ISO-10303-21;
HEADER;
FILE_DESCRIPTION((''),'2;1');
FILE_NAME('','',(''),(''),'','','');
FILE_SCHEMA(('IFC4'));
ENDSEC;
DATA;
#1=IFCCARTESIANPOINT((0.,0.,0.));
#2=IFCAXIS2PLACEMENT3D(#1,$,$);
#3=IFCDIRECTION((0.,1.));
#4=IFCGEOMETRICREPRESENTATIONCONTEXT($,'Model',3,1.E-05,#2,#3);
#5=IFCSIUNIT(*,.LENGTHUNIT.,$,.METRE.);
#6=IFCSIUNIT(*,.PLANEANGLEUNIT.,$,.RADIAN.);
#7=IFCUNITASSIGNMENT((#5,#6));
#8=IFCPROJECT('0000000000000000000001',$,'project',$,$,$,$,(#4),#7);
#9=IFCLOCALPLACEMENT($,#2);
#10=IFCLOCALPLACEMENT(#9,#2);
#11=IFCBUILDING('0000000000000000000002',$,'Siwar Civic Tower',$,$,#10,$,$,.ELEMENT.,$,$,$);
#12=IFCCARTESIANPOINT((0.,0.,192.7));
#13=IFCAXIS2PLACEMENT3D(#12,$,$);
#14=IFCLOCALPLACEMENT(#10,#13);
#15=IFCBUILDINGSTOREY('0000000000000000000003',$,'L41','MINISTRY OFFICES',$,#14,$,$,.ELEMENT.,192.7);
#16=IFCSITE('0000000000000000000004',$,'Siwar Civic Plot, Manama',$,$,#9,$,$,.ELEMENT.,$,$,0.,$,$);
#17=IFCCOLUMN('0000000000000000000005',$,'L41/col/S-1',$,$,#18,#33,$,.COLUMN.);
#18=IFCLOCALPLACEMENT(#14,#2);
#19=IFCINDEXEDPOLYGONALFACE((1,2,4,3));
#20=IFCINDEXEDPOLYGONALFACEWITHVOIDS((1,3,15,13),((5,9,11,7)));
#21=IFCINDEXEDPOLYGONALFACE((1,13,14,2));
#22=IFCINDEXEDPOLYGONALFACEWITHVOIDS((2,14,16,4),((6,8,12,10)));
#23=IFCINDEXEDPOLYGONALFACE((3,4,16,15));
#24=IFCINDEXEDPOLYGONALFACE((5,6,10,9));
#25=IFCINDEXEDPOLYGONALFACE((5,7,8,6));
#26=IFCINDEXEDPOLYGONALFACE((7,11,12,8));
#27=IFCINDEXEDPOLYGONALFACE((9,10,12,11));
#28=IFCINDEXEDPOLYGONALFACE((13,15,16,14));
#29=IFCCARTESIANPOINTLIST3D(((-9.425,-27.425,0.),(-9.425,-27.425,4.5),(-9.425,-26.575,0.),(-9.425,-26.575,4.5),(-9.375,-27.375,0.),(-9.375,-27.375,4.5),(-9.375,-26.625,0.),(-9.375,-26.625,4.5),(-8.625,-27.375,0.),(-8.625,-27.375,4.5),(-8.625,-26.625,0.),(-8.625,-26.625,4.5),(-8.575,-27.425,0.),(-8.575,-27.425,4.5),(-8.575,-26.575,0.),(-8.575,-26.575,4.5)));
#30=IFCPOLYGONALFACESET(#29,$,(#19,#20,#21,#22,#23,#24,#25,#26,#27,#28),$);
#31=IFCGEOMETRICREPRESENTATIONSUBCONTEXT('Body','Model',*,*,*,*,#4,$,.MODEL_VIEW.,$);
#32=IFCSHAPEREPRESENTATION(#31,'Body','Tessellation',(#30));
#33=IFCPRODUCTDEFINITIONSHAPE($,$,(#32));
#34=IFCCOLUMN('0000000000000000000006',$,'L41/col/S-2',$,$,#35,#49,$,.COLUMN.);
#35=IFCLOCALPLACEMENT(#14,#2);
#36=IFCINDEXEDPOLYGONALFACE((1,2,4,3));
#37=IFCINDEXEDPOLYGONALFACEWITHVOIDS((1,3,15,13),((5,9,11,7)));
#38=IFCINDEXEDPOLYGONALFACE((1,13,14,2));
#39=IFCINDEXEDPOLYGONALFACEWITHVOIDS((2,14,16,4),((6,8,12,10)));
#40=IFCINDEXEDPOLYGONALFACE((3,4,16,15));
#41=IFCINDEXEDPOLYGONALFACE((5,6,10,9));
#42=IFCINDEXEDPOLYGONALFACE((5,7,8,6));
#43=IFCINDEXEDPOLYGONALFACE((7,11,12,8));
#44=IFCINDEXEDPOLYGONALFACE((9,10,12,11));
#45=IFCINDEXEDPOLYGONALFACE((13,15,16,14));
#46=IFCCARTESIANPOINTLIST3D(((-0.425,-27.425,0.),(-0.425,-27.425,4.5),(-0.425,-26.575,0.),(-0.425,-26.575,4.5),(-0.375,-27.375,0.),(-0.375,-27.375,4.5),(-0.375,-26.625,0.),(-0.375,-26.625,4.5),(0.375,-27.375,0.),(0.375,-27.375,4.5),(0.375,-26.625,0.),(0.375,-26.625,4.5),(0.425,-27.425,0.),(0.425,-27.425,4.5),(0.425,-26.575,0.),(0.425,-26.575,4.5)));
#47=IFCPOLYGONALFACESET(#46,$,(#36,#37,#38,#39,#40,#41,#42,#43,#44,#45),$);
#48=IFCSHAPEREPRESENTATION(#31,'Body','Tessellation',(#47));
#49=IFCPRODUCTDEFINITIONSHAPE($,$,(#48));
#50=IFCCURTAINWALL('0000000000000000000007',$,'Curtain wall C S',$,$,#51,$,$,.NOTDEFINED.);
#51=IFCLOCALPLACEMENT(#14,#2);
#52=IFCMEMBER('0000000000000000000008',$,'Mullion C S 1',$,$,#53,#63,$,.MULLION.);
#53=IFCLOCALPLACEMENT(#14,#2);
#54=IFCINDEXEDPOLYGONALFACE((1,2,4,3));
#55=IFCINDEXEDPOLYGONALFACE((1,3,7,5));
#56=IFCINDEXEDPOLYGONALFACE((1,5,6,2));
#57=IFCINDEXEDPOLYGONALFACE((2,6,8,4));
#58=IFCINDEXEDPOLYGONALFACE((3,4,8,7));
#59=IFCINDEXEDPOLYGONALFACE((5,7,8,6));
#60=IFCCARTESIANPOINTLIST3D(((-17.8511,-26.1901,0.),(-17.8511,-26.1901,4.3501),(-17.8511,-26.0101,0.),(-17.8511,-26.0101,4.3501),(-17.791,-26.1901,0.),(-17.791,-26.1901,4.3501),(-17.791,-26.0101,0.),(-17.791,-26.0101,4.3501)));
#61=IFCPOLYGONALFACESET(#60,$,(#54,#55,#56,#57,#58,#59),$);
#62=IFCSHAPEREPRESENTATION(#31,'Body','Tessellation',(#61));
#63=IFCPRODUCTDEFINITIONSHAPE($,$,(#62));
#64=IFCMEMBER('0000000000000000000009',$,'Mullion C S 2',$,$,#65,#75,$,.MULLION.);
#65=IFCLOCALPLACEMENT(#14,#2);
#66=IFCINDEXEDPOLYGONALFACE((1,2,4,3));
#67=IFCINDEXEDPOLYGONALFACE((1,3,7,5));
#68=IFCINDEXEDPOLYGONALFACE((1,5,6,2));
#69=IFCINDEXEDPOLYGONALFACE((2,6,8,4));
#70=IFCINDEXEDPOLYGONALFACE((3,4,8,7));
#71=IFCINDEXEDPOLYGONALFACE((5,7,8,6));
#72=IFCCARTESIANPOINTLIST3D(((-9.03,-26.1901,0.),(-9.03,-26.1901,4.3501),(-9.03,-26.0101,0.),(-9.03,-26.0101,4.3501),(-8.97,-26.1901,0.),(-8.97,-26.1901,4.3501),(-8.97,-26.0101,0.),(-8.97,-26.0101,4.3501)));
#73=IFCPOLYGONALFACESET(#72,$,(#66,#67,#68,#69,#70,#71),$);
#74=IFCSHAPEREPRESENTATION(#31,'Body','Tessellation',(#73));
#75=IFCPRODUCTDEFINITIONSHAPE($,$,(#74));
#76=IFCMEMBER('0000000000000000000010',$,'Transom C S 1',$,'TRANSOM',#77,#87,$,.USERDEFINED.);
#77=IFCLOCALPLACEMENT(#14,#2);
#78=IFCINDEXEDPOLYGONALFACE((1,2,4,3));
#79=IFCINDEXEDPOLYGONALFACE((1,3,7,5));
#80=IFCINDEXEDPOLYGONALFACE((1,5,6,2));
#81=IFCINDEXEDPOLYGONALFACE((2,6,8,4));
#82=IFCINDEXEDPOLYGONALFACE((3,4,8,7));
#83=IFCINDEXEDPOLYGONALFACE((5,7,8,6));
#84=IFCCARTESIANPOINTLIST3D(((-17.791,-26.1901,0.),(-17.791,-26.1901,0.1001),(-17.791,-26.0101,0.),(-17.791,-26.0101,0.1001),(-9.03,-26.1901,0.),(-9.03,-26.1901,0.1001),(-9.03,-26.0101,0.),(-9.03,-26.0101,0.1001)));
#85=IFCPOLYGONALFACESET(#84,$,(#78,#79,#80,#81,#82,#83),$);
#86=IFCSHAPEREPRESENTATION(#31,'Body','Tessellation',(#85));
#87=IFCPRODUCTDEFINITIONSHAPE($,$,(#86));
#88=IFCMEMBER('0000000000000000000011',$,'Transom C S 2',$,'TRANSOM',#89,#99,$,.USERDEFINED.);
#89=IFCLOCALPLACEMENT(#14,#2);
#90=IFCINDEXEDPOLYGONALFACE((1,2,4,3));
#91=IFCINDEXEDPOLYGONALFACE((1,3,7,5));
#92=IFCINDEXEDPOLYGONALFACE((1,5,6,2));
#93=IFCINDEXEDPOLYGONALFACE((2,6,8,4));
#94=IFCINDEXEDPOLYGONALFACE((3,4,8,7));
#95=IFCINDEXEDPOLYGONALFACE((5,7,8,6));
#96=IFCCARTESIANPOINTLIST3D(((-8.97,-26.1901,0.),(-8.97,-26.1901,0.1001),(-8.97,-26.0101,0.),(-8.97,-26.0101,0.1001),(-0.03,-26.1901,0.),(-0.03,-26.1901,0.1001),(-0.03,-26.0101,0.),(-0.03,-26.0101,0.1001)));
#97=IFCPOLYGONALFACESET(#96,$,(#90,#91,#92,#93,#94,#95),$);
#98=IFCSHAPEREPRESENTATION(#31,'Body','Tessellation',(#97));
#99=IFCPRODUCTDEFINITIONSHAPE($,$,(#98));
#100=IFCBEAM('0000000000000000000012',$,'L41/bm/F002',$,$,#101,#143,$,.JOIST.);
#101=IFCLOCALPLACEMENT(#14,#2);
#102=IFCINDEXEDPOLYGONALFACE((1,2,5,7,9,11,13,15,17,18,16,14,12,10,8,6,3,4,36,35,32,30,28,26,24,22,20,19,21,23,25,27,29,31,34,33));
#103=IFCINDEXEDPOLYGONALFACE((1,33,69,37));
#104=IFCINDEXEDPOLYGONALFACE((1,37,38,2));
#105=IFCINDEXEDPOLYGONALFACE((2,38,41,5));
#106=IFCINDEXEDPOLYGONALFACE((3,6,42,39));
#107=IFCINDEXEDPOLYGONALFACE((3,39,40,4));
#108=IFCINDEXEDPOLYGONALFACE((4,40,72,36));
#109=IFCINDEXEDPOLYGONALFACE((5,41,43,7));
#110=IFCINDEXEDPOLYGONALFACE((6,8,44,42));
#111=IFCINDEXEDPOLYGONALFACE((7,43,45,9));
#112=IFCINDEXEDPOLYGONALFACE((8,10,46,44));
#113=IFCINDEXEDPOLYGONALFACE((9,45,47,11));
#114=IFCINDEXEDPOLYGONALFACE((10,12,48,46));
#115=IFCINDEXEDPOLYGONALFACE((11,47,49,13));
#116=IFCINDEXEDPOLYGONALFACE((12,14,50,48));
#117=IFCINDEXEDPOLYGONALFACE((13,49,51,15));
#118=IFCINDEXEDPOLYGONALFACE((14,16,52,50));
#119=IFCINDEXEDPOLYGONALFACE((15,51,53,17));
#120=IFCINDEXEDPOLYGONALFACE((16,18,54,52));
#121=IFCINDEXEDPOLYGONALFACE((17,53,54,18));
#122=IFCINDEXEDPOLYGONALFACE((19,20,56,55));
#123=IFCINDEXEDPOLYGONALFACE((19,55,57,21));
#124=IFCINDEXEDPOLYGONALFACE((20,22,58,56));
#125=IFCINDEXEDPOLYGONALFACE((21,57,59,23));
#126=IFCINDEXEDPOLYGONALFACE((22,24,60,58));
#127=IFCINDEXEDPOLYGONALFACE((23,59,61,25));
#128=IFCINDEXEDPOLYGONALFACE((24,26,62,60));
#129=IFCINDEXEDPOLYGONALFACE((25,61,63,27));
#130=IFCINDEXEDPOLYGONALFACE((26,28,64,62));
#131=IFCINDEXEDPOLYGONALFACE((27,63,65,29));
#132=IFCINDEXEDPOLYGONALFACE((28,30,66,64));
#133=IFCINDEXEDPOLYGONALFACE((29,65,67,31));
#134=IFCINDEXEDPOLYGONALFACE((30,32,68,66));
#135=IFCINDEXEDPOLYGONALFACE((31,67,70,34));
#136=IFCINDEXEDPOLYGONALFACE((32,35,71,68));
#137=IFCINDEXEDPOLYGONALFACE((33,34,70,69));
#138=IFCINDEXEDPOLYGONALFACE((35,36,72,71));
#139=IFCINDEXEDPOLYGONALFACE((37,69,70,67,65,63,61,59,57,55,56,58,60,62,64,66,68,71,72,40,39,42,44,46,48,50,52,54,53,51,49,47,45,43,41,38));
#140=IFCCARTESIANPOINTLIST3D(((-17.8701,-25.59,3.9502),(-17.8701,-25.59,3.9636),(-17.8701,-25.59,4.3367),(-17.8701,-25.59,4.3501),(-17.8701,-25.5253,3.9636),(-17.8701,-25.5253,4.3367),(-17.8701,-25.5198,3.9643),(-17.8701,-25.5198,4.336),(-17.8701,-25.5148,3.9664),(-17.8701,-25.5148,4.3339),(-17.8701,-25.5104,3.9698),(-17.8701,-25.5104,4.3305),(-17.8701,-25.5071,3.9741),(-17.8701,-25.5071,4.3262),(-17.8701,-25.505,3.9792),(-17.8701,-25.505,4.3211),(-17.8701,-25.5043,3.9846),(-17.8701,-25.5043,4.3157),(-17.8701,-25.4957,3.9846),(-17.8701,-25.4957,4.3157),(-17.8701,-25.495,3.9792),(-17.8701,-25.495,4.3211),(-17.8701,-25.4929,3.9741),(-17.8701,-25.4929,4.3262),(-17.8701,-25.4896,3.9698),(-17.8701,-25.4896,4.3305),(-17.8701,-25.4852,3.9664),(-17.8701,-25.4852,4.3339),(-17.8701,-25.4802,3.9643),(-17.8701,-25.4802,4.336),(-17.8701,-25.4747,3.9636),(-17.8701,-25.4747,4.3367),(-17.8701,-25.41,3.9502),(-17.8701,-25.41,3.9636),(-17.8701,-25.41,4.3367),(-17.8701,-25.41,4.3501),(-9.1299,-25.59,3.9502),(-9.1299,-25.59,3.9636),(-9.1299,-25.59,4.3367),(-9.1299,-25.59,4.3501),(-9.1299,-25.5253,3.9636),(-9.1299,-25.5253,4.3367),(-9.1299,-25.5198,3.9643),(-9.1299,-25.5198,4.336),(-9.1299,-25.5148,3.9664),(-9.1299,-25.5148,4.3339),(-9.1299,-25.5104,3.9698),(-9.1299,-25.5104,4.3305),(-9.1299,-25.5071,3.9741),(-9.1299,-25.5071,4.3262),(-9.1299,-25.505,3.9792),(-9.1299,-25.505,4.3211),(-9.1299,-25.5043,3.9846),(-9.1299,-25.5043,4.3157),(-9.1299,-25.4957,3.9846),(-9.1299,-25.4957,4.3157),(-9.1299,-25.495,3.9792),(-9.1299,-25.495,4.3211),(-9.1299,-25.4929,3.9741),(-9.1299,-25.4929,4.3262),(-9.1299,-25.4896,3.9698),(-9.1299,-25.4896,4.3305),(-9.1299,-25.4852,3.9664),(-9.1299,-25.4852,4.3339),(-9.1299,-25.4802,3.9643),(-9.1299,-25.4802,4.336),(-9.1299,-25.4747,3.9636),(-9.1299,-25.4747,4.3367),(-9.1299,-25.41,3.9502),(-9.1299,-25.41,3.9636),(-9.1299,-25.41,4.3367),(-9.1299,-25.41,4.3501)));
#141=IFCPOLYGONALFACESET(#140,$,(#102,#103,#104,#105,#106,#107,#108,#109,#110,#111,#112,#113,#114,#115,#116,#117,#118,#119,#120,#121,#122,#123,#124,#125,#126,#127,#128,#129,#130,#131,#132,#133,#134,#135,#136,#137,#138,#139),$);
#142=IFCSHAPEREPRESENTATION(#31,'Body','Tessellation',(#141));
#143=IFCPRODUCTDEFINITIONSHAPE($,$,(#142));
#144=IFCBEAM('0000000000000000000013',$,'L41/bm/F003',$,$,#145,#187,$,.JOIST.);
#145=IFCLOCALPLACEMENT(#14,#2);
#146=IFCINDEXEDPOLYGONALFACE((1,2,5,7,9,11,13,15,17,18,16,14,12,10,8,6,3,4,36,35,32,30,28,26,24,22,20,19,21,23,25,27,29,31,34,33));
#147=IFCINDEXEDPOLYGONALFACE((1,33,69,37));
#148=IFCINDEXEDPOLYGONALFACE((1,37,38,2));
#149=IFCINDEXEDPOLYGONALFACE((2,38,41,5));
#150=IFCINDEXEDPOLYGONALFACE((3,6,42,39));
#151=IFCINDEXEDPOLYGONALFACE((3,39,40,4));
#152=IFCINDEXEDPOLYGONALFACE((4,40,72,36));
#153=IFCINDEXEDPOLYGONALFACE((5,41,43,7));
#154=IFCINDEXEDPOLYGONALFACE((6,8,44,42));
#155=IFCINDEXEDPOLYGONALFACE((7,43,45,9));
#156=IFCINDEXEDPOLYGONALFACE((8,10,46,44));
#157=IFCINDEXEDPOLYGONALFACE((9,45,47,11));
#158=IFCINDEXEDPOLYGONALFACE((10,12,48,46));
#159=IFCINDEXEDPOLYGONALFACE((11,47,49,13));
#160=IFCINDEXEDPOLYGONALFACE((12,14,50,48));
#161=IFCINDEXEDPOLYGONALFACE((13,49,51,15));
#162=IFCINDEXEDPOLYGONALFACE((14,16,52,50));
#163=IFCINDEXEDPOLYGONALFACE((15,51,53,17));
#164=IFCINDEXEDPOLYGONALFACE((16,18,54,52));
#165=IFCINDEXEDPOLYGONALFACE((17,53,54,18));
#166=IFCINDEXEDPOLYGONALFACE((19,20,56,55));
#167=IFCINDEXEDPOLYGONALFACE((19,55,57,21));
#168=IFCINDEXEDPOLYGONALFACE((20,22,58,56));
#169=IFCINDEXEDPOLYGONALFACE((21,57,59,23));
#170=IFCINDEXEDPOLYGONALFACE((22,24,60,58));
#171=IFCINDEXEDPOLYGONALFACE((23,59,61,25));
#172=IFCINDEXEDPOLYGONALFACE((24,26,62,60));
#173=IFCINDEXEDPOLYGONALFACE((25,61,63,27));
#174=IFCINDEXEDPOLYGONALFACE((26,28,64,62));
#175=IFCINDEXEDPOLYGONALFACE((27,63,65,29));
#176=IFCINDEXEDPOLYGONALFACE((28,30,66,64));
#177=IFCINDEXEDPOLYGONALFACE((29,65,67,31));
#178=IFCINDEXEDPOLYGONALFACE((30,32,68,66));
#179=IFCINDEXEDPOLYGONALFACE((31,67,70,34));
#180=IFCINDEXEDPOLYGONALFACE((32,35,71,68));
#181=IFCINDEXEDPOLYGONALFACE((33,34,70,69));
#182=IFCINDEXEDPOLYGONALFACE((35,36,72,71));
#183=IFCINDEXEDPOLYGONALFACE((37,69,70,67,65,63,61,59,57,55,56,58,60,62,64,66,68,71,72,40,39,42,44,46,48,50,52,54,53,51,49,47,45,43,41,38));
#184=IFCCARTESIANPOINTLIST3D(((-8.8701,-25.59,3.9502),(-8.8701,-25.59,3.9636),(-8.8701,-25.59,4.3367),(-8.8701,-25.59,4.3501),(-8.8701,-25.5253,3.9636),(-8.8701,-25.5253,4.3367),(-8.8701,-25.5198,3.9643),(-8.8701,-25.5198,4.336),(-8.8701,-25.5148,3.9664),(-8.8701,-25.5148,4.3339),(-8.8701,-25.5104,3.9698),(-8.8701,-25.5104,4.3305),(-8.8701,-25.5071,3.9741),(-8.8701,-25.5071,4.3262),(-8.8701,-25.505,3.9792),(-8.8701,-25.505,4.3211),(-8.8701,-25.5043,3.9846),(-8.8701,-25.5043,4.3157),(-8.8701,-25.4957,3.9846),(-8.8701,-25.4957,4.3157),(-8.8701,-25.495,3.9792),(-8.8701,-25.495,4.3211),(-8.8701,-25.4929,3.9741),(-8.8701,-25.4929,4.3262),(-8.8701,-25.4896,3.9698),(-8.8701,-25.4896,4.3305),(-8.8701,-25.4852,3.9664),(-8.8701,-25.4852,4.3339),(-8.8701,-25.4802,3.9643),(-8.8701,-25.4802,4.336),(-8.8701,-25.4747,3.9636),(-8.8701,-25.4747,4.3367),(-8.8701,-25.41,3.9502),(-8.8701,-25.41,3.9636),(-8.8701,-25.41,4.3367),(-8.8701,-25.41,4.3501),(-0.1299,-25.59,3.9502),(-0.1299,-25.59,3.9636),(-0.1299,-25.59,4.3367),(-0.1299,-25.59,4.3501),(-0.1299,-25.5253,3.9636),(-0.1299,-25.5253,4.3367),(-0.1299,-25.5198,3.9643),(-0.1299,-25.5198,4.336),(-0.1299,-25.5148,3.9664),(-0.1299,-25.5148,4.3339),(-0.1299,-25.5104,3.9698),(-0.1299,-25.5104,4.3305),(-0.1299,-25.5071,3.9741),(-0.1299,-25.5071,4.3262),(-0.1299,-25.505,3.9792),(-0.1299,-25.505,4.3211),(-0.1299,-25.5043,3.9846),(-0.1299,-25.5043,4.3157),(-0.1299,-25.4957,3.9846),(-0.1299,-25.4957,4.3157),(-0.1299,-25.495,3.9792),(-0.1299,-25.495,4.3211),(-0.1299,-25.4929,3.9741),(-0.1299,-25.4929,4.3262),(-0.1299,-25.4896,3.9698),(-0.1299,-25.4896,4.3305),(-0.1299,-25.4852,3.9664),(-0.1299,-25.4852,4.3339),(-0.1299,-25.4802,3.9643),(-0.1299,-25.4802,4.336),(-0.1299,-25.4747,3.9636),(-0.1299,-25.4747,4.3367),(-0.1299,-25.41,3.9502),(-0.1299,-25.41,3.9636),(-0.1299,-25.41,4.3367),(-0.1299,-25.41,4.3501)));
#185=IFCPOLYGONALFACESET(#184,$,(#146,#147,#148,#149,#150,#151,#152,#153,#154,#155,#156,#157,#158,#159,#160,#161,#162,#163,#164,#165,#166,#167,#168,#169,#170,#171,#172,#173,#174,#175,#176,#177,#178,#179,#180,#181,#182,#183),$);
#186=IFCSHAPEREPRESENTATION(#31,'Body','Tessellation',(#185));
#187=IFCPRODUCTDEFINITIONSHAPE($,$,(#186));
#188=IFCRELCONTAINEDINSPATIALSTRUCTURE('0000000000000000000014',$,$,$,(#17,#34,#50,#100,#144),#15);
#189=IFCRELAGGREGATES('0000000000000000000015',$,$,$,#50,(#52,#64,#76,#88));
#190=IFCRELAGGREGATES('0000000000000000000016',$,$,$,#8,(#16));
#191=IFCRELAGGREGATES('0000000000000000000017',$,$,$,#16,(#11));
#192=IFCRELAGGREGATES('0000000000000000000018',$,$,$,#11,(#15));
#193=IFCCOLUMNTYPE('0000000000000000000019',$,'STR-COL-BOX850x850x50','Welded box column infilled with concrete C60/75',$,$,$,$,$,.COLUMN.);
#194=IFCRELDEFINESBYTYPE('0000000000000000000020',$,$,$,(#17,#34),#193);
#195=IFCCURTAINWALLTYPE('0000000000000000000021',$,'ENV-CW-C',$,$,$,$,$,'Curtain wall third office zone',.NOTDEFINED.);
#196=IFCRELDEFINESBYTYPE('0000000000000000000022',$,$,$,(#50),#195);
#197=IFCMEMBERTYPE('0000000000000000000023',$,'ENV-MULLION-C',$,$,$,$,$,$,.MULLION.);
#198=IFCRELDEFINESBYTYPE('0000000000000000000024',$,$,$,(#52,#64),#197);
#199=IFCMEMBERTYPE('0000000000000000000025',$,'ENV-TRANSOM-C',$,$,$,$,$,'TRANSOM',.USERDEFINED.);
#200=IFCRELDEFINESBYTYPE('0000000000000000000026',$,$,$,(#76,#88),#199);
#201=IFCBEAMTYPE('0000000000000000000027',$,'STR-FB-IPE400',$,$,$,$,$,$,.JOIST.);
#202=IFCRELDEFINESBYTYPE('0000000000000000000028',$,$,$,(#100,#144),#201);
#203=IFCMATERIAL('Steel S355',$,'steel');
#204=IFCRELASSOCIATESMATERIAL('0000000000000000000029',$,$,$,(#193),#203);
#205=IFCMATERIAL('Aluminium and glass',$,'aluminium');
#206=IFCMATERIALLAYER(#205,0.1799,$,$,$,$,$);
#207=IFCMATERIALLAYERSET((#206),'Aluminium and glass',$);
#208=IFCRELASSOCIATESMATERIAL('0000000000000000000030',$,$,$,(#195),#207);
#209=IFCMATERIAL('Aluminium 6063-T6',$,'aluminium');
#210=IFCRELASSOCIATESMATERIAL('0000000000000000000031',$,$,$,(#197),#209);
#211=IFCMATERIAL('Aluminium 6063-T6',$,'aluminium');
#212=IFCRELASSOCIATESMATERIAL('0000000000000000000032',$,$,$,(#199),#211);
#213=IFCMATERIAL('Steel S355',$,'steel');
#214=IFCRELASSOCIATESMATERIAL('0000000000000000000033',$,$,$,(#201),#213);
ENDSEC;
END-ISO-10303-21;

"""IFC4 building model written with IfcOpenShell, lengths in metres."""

from ifc_helpers import new_model, si_unit, direction, frame, origin, origin_2d, place, context, subcontext, project, spatial, rectangle, hollow_rectangle, i_section, extrude, material, layer, layer_set, material_profile, profile_set, type_object, element, aggregate, save


model = new_model("IFC4")

# Units and contexts
model_context = context("Model", 3, precision=1e-05, world=origin(), true_north=direction((0.0, 1.0)))
body_context = subcontext(model_context, "Body", "Model", "MODEL_VIEW")
ifc_project = project(units=[si_unit("LENGTHUNIT", "METRE"), si_unit("PLANEANGLEUNIT", "RADIAN")], contexts=[model_context])

# Site, building, storey
site_placement = place(None, origin())
site = spatial("IfcSite", under=ifc_project, at=site_placement, Name="Siwar Civic Plot, Manama", CompositionType="ELEMENT", RefElevation=0.0)
building_placement = place(site_placement, origin())
building = spatial("IfcBuilding", under=site, at=building_placement, Name="Siwar Civic Tower", CompositionType="ELEMENT")
storey_placement = place(building_placement, frame((0.0, 0.0, 192.7)))
storey = spatial("IfcBuildingStorey", under=building, at=storey_placement, Name="L41", Description="MINISTRY OFFICES", CompositionType="ELEMENT", Elevation=192.7)

# Columns
ifc_material_1 = material(Name="Steel S355", Category="steel")
ifc_material_profile_1 = material_profile(ifc_material_1, hollow_rectangle(XDim=0.8501, YDim=0.8501, WallThickness=0.05, at=origin_2d()), Name="BOX850x850x50")
ifc_profile_set_1 = profile_set([ifc_material_profile_1], Name="Steel S355")
column_type = type_object("IfcColumnType", Name="STR-COL-BOX850x850x50", Description="Welded box column infilled with concrete C60/75", PredefinedType="COLUMN", material=ifc_profile_set_1)
for number, where, z_axis, x_axis, name in (
    (1, (-9.0, -27.0, 0.0), (0.0, 0.0, 1.0), (1.0, 0.0, 0.0), "L41/col/S-1"),
    (2, (0.0, -27.0, 0.0), (0.0, 0.0, 1.0), (1.0, 0.0, 0.0), "L41/col/S-2"),
):
    element("IfcColumn", number, at=place(storey_placement, frame(where, z_axis=z_axis, x_axis=x_axis)), inside=storey, type_object=column_type, Name=name, PredefinedType="COLUMN", context=body_context, shape_type="SweptSolid", body=[
        extrude(hollow_rectangle(XDim=0.8501, YDim=0.8501, WallThickness=0.05, at=origin_2d()), origin(), (0.0, 0.0, 1.0), 4.5),
    ])

# Curtain wall, members
ifc_material_2 = material(Name="Aluminium and glass", Category="aluminium")
ifc_layer_1 = layer(ifc_material_2, 0.1799)
ifc_layer_set_1 = layer_set([ifc_layer_1], Name="Aluminium and glass")
curtain_wall_type = type_object("IfcCurtainWallType", Name="ENV-CW-C", ElementType="Curtain wall third office zone", PredefinedType="NOTDEFINED", material=ifc_layer_set_1)
curtain_wall_placement = place(storey_placement, origin())
curtain_wall = element("IfcCurtainWall", 3, at=curtain_wall_placement, inside=storey, type_object=curtain_wall_type, Name="Curtain wall C S", PredefinedType="NOTDEFINED")
ifc_material_3 = material(Name="Aluminium 6063-T6", Category="aluminium")
ifc_material_profile_2 = material_profile(ifc_material_3, rectangle(XDim=0.1799, YDim=0.0601, at=origin_2d()), Name="AL 180x60")
ifc_profile_set_2 = profile_set([ifc_material_profile_2], Name="Aluminium 6063-T6")
member_type_1 = type_object("IfcMemberType", Name="ENV-MULLION-C", PredefinedType="MULLION", material=ifc_profile_set_2)
member_1_placement = place(storey_placement, frame((-17.821, -26.1001, 0.0), z_axis=(0.0, 0.0, 1.0), x_axis=(0.0, 1.0, 0.0)))
member_1 = element("IfcMember", 4, at=member_1_placement, type_object=member_type_1, Name="Mullion C S 1", PredefinedType="MULLION", context=body_context, shape_type="SweptSolid", body=[
    extrude(rectangle(XDim=0.1799, YDim=0.0601, at=origin_2d()), origin(), (0.0, 0.0, 1.0), 4.3501),
])
member_2_placement = place(storey_placement, frame((-9.0, -26.1001, 0.0), z_axis=(0.0, 0.0, 1.0), x_axis=(0.0, 1.0, 0.0)))
member_2 = element("IfcMember", 5, at=member_2_placement, type_object=member_type_1, Name="Mullion C S 2", PredefinedType="MULLION", context=body_context, shape_type="SweptSolid", body=[
    extrude(rectangle(XDim=0.1799, YDim=0.0601, at=origin_2d()), origin(), (0.0, 0.0, 1.0), 4.3501),
])
ifc_material_4 = material(Name="Aluminium 6063-T6", Category="aluminium")
ifc_material_profile_3 = material_profile(ifc_material_4, rectangle(XDim=0.1799, YDim=0.1001, at=origin_2d()), Name="AL 180x100")
ifc_profile_set_3 = profile_set([ifc_material_profile_3], Name="Aluminium 6063-T6")
member_type_2 = type_object("IfcMemberType", Name="ENV-TRANSOM-C", ElementType="TRANSOM", PredefinedType="USERDEFINED", material=ifc_profile_set_3)
member_3_placement = place(storey_placement, frame((-17.791, -26.1001, 0.05), z_axis=(1.0, 0.0, 0.0), x_axis=(0.0, 1.0, 0.0)))
member_3 = element("IfcMember", 6, at=member_3_placement, type_object=member_type_2, Name="Transom C S 1", ObjectType="TRANSOM", PredefinedType="USERDEFINED", context=body_context, shape_type="SweptSolid", body=[
    extrude(rectangle(XDim=0.1799, YDim=0.1001, at=origin_2d()), origin(), (0.0, 0.0, 1.0), 8.761),
])
member_4_placement = place(storey_placement, frame((-8.97, -26.1001, 0.05), z_axis=(1.0, 0.0, 0.0), x_axis=(0.0, 1.0, 0.0)))
member_4 = element("IfcMember", 7, at=member_4_placement, type_object=member_type_2, Name="Transom C S 2", ObjectType="TRANSOM", PredefinedType="USERDEFINED", context=body_context, shape_type="SweptSolid", body=[
    extrude(rectangle(XDim=0.1799, YDim=0.1001, at=origin_2d()), origin(), (0.0, 0.0, 1.0), 8.9399),
])

# Beams
ifc_material_5 = material(Name="Steel S355", Category="steel")
ifc_material_profile_4 = material_profile(ifc_material_5, i_section(OverallWidth=0.1799, OverallDepth=0.3999, WebThickness=0.0085, FlangeThickness=0.0134, FilletRadius=0.021, at=origin_2d()), Name="IPE400")
ifc_profile_set_4 = profile_set([ifc_material_profile_4], Name="Steel S355")
beam_type_1 = type_object("IfcBeamType", Name="STR-FB-IPE400", PredefinedType="JOIST", material=ifc_profile_set_4)
for number, where, z_axis, x_axis, name in (
    (8, (-17.8701, -25.5, 4.1501), (1.0, 0.0, 0.0), (0.0, 1.0, 0.0), "L41/bm/F002"),
    (9, (-8.8701, -25.5, 4.1501), (1.0, 0.0, 0.0), (0.0, 1.0, 0.0), "L41/bm/F003"),
):
    element("IfcBeam", number, at=place(storey_placement, frame(where, z_axis=z_axis, x_axis=x_axis)), inside=storey, type_object=beam_type_1, Name=name, PredefinedType="JOIST", context=body_context, shape_type="SweptSolid", body=[
        extrude(i_section(OverallWidth=0.1799, OverallDepth=0.3999, WebThickness=0.0085, FlangeThickness=0.0134, FilletRadius=0.021, at=origin_2d()), origin(), (0.0, 0.0, 1.0), 8.7402),
    ])

aggregate(curtain_wall, [member_1, member_2, member_3, member_4])

save(model, "model.ifc")
